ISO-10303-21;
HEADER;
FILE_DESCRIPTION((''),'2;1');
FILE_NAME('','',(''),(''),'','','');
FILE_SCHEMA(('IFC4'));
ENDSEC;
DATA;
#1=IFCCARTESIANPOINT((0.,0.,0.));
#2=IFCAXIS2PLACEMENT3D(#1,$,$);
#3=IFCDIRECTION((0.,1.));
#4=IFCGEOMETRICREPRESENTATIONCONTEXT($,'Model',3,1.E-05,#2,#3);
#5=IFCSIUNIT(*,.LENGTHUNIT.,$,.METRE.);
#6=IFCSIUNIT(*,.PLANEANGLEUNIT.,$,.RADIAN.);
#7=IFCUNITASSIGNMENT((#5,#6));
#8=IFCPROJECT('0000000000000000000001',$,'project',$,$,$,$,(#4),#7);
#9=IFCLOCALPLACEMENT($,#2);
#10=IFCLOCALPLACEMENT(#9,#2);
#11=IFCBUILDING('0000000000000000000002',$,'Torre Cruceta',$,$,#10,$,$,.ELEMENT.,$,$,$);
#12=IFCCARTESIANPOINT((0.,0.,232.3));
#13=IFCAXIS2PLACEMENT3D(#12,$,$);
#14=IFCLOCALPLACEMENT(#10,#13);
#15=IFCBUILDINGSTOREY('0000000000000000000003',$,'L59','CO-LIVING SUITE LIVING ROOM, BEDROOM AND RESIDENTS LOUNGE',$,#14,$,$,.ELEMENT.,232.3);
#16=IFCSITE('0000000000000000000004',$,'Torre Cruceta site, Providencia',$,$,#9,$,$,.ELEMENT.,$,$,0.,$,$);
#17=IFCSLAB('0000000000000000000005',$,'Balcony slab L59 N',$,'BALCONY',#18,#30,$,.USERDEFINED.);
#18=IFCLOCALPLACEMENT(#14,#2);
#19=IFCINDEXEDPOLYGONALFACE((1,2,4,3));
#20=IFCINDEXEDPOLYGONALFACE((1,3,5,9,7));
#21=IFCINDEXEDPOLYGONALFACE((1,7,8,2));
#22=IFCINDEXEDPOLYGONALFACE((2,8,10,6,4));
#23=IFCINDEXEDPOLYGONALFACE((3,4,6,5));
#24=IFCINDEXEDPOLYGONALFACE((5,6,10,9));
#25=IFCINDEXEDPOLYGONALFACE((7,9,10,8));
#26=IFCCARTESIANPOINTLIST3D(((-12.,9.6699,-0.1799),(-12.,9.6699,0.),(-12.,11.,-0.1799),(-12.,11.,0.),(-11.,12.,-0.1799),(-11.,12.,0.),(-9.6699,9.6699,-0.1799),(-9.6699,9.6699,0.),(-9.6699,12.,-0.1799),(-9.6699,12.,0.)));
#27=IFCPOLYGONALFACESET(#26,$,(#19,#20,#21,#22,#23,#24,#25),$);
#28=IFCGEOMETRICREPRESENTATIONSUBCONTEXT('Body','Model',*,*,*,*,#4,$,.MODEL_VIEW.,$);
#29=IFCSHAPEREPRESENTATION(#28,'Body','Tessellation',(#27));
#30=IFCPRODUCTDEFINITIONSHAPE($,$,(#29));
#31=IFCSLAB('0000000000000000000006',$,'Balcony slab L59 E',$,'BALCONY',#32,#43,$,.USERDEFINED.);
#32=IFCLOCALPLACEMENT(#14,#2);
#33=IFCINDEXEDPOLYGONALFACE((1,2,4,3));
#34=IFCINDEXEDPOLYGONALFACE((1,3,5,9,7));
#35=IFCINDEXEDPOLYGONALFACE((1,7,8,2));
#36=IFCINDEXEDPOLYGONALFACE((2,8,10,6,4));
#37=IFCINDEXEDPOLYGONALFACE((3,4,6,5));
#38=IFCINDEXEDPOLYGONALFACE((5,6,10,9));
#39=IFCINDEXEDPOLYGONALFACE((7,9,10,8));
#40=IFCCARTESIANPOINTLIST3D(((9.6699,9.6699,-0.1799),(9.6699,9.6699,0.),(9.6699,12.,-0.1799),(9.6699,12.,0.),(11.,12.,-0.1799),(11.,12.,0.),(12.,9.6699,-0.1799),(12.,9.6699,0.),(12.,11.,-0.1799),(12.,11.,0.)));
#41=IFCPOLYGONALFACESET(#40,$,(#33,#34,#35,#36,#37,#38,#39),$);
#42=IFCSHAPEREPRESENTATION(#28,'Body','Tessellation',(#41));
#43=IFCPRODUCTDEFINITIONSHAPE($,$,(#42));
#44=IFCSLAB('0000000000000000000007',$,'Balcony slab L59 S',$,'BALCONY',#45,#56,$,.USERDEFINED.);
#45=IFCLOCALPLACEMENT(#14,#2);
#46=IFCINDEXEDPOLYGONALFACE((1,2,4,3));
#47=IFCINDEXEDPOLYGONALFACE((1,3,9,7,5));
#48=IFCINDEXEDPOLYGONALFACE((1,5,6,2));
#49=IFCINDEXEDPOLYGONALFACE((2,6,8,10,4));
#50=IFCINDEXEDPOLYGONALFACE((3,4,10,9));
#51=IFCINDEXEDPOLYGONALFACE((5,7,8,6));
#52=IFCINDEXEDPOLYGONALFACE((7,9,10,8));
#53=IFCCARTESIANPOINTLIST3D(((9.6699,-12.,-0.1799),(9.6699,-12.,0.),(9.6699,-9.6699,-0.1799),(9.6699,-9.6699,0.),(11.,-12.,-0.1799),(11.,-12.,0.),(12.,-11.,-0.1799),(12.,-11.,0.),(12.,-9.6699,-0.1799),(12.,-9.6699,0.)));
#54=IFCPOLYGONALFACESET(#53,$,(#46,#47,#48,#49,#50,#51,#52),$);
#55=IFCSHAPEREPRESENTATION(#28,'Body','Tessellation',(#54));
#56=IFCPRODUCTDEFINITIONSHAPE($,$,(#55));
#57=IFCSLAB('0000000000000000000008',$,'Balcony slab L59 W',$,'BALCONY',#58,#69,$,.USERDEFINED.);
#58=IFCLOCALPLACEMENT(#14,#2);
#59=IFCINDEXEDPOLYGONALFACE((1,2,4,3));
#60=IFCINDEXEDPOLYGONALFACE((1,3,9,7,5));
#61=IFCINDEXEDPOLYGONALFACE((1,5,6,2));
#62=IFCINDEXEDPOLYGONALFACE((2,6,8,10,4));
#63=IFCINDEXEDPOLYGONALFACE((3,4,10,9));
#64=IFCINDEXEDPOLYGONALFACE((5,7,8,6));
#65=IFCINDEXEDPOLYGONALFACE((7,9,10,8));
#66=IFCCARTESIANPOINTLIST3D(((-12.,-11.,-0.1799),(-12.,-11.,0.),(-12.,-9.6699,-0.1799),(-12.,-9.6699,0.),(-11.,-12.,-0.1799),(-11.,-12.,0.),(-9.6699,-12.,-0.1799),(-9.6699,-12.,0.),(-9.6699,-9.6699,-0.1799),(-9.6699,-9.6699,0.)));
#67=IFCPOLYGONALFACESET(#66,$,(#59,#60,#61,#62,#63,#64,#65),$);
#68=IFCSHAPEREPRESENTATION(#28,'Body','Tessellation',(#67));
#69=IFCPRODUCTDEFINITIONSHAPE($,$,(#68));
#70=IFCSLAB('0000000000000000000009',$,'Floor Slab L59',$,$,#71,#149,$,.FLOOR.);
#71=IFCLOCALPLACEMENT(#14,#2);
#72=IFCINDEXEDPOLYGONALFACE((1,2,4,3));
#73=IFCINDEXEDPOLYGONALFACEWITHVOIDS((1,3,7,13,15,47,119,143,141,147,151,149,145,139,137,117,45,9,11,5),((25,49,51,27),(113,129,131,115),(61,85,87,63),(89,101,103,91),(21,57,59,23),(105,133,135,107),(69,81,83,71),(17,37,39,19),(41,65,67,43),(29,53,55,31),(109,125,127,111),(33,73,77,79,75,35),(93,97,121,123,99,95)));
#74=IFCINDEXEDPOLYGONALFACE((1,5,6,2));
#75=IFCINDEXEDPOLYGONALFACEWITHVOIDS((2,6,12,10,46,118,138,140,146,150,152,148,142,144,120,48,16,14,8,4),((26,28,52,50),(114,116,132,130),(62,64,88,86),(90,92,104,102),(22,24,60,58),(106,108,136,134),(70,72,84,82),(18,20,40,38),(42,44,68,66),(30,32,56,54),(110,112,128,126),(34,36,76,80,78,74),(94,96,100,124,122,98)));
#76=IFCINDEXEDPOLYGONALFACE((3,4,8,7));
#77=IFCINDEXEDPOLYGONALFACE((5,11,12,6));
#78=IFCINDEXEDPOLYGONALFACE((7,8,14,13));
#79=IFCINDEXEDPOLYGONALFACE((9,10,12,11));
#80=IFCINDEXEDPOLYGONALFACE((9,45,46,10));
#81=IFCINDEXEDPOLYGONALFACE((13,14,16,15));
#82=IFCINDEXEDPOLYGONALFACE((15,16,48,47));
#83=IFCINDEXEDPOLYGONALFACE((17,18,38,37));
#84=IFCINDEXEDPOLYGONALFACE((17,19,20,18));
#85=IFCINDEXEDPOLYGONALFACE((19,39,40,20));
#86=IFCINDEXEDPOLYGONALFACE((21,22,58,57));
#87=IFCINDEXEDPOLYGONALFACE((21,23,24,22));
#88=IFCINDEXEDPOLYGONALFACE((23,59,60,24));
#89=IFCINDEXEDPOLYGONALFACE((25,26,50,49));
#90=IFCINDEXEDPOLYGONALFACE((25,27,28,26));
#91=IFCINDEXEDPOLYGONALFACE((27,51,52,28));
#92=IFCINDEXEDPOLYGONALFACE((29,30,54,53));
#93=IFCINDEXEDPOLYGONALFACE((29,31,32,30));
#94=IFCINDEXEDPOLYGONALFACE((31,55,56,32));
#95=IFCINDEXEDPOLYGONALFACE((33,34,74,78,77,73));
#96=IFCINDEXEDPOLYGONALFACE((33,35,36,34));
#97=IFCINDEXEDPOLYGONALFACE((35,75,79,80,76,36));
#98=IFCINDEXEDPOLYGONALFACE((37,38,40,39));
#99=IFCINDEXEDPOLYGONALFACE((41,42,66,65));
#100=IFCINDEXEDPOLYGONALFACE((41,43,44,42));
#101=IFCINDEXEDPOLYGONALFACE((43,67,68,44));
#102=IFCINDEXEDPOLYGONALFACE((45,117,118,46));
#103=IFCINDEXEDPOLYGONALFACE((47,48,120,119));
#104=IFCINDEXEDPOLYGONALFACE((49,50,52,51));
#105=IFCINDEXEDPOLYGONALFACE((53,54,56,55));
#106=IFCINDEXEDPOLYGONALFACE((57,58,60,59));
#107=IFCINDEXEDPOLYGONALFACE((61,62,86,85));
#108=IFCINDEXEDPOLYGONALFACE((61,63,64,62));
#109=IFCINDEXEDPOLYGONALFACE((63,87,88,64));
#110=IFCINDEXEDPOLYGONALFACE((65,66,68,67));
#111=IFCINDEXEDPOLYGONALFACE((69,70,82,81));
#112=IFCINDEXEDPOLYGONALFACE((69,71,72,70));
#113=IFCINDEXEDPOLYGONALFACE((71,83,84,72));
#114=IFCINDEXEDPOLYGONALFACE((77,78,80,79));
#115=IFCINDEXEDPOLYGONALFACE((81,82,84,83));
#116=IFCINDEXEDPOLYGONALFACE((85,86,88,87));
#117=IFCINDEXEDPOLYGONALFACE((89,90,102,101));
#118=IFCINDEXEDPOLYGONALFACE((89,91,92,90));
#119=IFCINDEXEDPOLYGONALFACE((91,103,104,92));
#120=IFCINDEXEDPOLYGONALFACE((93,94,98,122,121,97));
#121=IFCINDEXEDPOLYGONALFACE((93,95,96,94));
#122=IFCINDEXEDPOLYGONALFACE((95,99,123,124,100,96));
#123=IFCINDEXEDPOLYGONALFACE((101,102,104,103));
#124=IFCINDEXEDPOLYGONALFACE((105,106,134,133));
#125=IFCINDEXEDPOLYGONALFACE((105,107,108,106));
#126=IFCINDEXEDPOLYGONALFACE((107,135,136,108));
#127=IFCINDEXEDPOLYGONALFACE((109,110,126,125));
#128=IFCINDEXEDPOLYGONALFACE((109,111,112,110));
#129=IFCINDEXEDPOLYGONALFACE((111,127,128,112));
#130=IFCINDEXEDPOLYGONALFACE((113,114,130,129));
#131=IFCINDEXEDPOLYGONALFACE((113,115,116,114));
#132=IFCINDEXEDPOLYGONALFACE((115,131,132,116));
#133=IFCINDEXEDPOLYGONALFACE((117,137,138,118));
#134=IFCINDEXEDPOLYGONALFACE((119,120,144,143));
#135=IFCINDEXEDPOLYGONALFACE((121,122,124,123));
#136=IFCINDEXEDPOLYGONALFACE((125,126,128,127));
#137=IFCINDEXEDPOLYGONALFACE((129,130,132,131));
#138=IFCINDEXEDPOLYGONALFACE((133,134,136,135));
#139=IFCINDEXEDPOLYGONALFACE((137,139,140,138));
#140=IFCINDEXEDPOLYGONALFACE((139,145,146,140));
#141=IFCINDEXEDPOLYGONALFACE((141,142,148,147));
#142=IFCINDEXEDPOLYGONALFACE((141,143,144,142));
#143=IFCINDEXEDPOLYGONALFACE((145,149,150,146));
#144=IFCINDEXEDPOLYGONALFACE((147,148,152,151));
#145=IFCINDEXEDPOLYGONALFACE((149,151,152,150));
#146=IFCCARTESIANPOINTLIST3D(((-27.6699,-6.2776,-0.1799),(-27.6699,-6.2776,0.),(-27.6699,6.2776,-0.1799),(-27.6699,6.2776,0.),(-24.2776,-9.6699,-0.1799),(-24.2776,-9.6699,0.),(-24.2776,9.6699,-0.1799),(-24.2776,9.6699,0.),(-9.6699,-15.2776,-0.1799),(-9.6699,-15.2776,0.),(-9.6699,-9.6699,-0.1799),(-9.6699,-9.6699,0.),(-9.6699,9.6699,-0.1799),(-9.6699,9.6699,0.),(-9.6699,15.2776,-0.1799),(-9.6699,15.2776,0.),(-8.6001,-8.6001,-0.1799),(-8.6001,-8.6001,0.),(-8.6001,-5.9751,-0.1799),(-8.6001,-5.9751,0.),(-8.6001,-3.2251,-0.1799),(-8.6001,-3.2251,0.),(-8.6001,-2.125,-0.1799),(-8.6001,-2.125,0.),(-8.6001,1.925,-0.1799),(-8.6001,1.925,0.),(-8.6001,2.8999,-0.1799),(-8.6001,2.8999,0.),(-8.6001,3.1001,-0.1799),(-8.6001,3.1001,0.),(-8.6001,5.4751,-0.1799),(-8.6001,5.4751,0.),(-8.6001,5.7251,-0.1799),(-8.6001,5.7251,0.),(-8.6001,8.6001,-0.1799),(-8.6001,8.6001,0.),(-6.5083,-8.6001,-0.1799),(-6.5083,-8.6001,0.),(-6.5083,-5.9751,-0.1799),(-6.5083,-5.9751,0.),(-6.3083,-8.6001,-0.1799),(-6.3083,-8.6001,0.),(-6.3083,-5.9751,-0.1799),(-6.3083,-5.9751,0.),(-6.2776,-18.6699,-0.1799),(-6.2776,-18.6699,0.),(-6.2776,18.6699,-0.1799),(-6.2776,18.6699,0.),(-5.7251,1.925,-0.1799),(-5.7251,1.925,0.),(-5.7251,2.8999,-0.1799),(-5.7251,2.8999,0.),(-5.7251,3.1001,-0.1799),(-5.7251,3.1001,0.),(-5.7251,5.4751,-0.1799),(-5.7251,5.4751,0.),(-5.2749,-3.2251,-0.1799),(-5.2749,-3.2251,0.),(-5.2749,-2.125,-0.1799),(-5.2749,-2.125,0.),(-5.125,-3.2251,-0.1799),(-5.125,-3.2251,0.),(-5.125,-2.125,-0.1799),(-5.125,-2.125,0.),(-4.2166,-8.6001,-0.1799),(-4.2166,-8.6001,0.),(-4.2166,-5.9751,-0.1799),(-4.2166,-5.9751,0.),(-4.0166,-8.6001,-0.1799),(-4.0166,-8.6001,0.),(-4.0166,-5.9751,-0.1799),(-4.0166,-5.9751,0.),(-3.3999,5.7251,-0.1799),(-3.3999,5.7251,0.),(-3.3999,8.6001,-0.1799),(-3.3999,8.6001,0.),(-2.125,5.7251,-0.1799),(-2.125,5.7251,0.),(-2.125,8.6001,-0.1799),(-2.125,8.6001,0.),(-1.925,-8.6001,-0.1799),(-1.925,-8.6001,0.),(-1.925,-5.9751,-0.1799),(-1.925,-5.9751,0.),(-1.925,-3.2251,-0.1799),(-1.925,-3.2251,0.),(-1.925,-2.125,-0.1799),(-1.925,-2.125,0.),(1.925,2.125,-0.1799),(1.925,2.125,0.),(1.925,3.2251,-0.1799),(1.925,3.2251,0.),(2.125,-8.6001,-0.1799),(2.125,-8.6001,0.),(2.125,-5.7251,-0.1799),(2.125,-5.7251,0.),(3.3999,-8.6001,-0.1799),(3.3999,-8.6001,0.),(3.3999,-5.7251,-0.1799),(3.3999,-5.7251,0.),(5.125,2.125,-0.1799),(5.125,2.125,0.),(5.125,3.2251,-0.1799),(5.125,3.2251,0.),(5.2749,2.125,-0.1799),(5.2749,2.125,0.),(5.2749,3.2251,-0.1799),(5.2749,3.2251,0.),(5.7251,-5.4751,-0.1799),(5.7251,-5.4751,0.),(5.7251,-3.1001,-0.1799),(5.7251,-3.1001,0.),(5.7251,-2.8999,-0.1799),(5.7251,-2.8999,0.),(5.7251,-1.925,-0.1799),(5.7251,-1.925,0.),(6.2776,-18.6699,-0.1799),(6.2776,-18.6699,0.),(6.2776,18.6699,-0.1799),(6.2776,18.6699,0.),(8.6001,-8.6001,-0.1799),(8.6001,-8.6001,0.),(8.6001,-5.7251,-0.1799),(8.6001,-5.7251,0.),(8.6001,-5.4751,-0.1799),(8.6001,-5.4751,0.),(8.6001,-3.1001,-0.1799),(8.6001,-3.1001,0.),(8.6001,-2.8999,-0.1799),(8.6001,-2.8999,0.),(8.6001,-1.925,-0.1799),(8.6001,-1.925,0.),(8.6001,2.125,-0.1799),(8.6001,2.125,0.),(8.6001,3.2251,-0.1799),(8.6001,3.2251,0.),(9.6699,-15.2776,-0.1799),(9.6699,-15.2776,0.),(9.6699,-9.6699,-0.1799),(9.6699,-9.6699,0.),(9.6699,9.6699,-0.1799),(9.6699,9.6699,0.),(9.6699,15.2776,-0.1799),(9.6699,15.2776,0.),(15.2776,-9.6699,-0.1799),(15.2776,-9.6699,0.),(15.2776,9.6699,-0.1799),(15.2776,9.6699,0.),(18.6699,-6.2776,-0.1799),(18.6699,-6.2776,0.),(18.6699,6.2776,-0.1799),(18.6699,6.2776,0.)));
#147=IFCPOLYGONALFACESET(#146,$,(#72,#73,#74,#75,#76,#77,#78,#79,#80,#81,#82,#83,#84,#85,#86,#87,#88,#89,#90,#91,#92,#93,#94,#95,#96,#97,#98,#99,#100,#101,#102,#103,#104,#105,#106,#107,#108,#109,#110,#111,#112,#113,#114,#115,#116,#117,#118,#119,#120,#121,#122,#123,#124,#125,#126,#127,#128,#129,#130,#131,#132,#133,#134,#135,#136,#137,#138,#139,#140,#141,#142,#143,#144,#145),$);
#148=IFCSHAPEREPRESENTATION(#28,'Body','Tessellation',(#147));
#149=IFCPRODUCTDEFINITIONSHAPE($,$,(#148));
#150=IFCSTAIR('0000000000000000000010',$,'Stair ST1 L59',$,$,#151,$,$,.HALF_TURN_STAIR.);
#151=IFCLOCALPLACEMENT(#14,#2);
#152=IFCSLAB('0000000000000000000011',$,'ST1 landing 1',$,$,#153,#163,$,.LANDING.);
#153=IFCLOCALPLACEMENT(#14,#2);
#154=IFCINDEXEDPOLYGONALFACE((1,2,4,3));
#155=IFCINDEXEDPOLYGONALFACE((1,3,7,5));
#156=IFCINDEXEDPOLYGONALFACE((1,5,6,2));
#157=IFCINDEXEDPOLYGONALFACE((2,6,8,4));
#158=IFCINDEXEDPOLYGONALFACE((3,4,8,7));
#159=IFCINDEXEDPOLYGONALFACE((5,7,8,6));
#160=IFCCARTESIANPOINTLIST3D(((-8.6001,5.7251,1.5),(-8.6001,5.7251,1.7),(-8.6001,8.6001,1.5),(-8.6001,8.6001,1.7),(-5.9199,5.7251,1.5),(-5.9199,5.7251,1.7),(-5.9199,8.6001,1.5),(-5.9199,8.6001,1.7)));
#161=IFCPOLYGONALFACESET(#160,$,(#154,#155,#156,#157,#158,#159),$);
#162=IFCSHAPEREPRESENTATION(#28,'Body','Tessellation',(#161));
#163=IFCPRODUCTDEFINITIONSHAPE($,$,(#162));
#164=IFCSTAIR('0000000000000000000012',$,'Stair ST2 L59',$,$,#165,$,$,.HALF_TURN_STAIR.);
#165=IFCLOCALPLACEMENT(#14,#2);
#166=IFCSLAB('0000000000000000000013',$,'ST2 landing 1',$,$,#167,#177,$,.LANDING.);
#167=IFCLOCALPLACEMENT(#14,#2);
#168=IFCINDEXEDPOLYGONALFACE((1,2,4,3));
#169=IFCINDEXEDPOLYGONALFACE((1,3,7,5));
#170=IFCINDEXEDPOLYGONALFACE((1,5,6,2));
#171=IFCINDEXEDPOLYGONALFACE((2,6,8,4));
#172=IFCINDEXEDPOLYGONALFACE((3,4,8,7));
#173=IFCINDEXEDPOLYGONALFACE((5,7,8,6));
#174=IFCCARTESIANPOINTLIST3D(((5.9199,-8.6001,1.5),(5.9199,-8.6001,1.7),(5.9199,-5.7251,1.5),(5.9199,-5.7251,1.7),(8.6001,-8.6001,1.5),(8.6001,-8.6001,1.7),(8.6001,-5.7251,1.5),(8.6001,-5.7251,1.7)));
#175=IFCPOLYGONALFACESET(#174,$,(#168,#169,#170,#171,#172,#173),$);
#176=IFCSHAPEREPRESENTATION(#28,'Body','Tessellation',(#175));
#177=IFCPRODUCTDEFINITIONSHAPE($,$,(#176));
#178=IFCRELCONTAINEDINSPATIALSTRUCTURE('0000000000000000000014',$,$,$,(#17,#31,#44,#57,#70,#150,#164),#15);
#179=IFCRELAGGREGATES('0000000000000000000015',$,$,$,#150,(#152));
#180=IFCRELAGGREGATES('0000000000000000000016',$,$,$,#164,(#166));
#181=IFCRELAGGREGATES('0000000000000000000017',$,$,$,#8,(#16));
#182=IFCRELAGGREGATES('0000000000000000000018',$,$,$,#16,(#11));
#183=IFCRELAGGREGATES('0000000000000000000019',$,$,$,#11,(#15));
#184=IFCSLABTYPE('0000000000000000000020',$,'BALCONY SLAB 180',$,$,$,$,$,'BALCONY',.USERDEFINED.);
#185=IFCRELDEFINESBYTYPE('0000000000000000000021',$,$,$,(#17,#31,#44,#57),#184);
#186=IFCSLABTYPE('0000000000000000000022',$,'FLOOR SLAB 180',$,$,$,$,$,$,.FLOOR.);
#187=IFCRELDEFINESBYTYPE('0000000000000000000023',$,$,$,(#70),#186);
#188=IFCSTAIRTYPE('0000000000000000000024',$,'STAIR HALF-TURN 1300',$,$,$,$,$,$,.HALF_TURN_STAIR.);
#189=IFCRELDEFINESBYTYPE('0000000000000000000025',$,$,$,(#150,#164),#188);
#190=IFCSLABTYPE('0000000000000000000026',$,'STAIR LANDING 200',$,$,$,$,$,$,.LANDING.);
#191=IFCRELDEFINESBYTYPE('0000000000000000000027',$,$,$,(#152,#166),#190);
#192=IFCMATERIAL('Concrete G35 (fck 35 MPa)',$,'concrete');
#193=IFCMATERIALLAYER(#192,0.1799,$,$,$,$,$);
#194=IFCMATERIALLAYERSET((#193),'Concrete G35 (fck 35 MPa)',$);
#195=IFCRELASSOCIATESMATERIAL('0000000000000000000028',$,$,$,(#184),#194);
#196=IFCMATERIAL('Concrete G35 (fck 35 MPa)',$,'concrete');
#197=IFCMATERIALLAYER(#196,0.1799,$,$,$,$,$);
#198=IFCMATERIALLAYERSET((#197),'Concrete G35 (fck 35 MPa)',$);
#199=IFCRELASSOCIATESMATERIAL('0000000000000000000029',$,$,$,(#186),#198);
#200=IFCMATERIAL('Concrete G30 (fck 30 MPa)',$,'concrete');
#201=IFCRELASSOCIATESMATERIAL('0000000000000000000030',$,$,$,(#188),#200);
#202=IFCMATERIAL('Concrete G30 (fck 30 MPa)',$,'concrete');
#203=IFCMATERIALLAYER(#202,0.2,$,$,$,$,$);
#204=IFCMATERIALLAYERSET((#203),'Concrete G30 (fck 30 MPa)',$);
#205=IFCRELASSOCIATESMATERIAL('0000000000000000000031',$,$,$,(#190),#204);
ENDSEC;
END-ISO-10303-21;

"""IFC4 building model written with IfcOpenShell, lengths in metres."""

from ifc_helpers import new_model, si_unit, direction, frame, origin, place, context, subcontext, project, spatial, polyline, outline, extrude, material, layer, layer_set, type_object, element, aggregate, save


model = new_model("IFC4")

# Units and contexts
model_context = context("Model", 3, precision=1e-05, world=origin(), true_north=direction((0.0, 1.0)))
body_context = subcontext(model_context, "Body", "Model", "MODEL_VIEW")
ifc_project = project(units=[si_unit("LENGTHUNIT", "METRE"), si_unit("PLANEANGLEUNIT", "RADIAN")], contexts=[model_context])

# Site, building, storey
site_placement = place(None, origin())
site = spatial("IfcSite", under=ifc_project, at=site_placement, Name="Torre Cruceta site, Providencia", CompositionType="ELEMENT", RefElevation=0.0)
building_placement = place(site_placement, origin())
building = spatial("IfcBuilding", under=site, at=building_placement, Name="Torre Cruceta", CompositionType="ELEMENT")
storey_placement = place(building_placement, frame((0.0, 0.0, 232.3)))
storey = spatial("IfcBuildingStorey", under=building, at=storey_placement, Name="L59", Description="CO-LIVING SUITE LIVING ROOM, BEDROOM AND RESIDENTS LOUNGE", CompositionType="ELEMENT", Elevation=232.3)

# Slabs
ifc_material_1 = material(Name="Concrete G35 (fck 35 MPa)", Category="concrete")
ifc_layer_1 = layer(ifc_material_1, 0.1799)
ifc_layer_set_1 = layer_set([ifc_layer_1], Name="Concrete G35 (fck 35 MPa)")
slab_type_1 = type_object("IfcSlabType", Name="BALCONY SLAB 180", ElementType="BALCONY", PredefinedType="USERDEFINED", material=ifc_layer_set_1)
slab_1_placement = place(storey_placement, frame((0.0, 0.0, -0.1799)))
element("IfcSlab", 1, at=slab_1_placement, inside=storey, type_object=slab_type_1, Name="Balcony slab L59 N", ObjectType="BALCONY", PredefinedType="USERDEFINED", context=body_context, shape_type="SweptSolid", body=[
    extrude(outline(polyline([(-12.0, 11.0), (-11.0, 12.0), (-9.6699, 12.0), (-9.6699, 9.6699), (-12.0, 9.6699), (-12.0, 11.0)])), origin(), (0.0, 0.0, 1.0), 0.1799),
])
slab_2_placement = place(storey_placement, frame((0.0, 0.0, -0.1799)))
element("IfcSlab", 2, at=slab_2_placement, inside=storey, type_object=slab_type_1, Name="Balcony slab L59 E", ObjectType="BALCONY", PredefinedType="USERDEFINED", context=body_context, shape_type="SweptSolid", body=[
    extrude(outline(polyline([(11.0, 12.0), (12.0, 11.0), (12.0, 9.6699), (9.6699, 9.6699), (9.6699, 12.0), (11.0, 12.0)])), origin(), (0.0, 0.0, 1.0), 0.1799),
])
slab_3_placement = place(storey_placement, frame((0.0, 0.0, -0.1799)))
element("IfcSlab", 3, at=slab_3_placement, inside=storey, type_object=slab_type_1, Name="Balcony slab L59 S", ObjectType="BALCONY", PredefinedType="USERDEFINED", context=body_context, shape_type="SweptSolid", body=[
    extrude(outline(polyline([(12.0, -11.0), (11.0, -12.0), (9.6699, -12.0), (9.6699, -9.6699), (12.0, -9.6699), (12.0, -11.0)])), origin(), (0.0, 0.0, 1.0), 0.1799),
])
slab_4_placement = place(storey_placement, frame((0.0, 0.0, -0.1799)))
element("IfcSlab", 4, at=slab_4_placement, inside=storey, type_object=slab_type_1, Name="Balcony slab L59 W", ObjectType="BALCONY", PredefinedType="USERDEFINED", context=body_context, shape_type="SweptSolid", body=[
    extrude(outline(polyline([(-11.0, -12.0), (-12.0, -11.0), (-12.0, -9.6699), (-9.6699, -9.6699), (-9.6699, -12.0), (-11.0, -12.0)])), origin(), (0.0, 0.0, 1.0), 0.1799),
])
ifc_material_2 = material(Name="Concrete G35 (fck 35 MPa)", Category="concrete")
ifc_layer_2 = layer(ifc_material_2, 0.1799)
ifc_layer_set_2 = layer_set([ifc_layer_2], Name="Concrete G35 (fck 35 MPa)")
slab_type_2 = type_object("IfcSlabType", Name="FLOOR SLAB 180", PredefinedType="FLOOR", material=ifc_layer_set_2)
slab_5_placement = place(storey_placement, frame((0.0, 0.0, -0.1799)))
element("IfcSlab", 5, at=slab_5_placement, inside=storey, type_object=slab_type_2, Name="Floor Slab L59", PredefinedType="FLOOR", context=body_context, shape_type="SweptSolid", body=[
    extrude(outline(polyline([(9.6699, -9.6699), (9.6699, -15.2776), (6.2776, -18.6699), (-6.2776, -18.6699), (-9.6699, -15.2776), (-9.6699, -9.6699), (-24.2776, -9.6699), (-27.6699, -6.2776), (-27.6699, 6.2776), (-24.2776, 9.6699), (-9.6699, 9.6699), (-9.6699, 15.2776), (-6.2776, 18.6699), (6.2776, 18.6699), (9.6699, 15.2776), (9.6699, 9.6699), (15.2776, 9.6699), (18.6699, 6.2776), (18.6699, -6.2776), (15.2776, -9.6699), (9.6699, -9.6699)]), holes=[polyline([(1.925, 2.125), (5.125, 2.125), (5.125, 3.2251), (1.925, 3.2251), (1.925, 2.125)]), polyline([(5.2749, 2.125), (8.6001, 2.125), (8.6001, 3.2251), (5.2749, 3.2251), (5.2749, 2.125)]), polyline([(-8.6001, 3.1001), (-5.7251, 3.1001), (-5.7251, 5.4751), (-8.6001, 5.4751), (-8.6001, 3.1001)]), polyline([(-8.6001, 1.925), (-5.7251, 1.925), (-5.7251, 2.8999), (-8.6001, 2.8999), (-8.6001, 1.925)]), polyline([(-4.0166, -8.6001), (-1.925, -8.6001), (-1.925, -5.9751), (-4.0166, -5.9751), (-4.0166, -8.6001)]), polyline([(-6.3083, -8.6001), (-4.2166, -8.6001), (-4.2166, -5.9751), (-6.3083, -5.9751), (-6.3083, -8.6001)]), polyline([(-8.6001, -8.6001), (-6.5083, -8.6001), (-6.5083, -5.9751), (-8.6001, -5.9751), (-8.6001, -8.6001)]), polyline([(-5.125, -3.2251), (-1.925, -3.2251), (-1.925, -2.125), (-5.125, -2.125), (-5.125, -3.2251)]), polyline([(-8.6001, -3.2251), (-5.2749, -3.2251), (-5.2749, -2.125), (-8.6001, -2.125), (-8.6001, -3.2251)]), polyline([(5.7251, -5.4751), (8.6001, -5.4751), (8.6001, -3.1001), (5.7251, -3.1001), (5.7251, -5.4751)]), polyline([(5.7251, -2.8999), (8.6001, -2.8999), (8.6001, -1.925), (5.7251, -1.925), (5.7251, -2.8999)]), polyline([(-8.6001, 5.7251), (-8.6001, 8.6001), (-3.3999, 8.6001), (-2.125, 8.6001), (-2.125, 5.7251), (-3.3999, 5.7251), (-8.6001, 5.7251)]), polyline([(2.125, -5.7251), (3.3999, -5.7251), (8.6001, -5.7251), (8.6001, -8.6001), (3.3999, -8.6001), (2.125, -8.6001), (2.125, -5.7251)])]), origin(), (0.0, 0.0, 1.0), 0.1799),
])

# Stairs, slabs
ifc_material_3 = material(Name="Concrete G30 (fck 30 MPa)", Category="concrete")
stair_type = type_object("IfcStairType", Name="STAIR HALF-TURN 1300", PredefinedType="HALF_TURN_STAIR", material=ifc_material_3)
stair_1_placement = place(storey_placement, origin())
stair_1 = element("IfcStair", 6, at=stair_1_placement, inside=storey, type_object=stair_type, Name="Stair ST1 L59", PredefinedType="HALF_TURN_STAIR")
ifc_material_4 = material(Name="Concrete G30 (fck 30 MPa)", Category="concrete")
ifc_layer_3 = layer(ifc_material_4, 0.2)
ifc_layer_set_3 = layer_set([ifc_layer_3], Name="Concrete G30 (fck 30 MPa)")
slab_type_3 = type_object("IfcSlabType", Name="STAIR LANDING 200", PredefinedType="LANDING", material=ifc_layer_set_3)
slab_6_placement = place(storey_placement, frame((0.0, 0.0, 1.5)))
slab_6 = element("IfcSlab", 7, at=slab_6_placement, type_object=slab_type_3, Name="ST1 landing 1", PredefinedType="LANDING", context=body_context, shape_type="SweptSolid", body=[
    extrude(outline(polyline([(-8.6001, 5.7251), (-5.9199, 5.7251), (-5.9199, 8.6001), (-8.6001, 8.6001), (-8.6001, 5.7251)])), origin(), (0.0, 0.0, 1.0), 0.2),
])
aggregate(stair_1, [slab_6])
stair_2_placement = place(storey_placement, origin())
stair_2 = element("IfcStair", 8, at=stair_2_placement, inside=storey, type_object=stair_type, Name="Stair ST2 L59", PredefinedType="HALF_TURN_STAIR")
slab_7_placement = place(storey_placement, frame((0.0, 0.0, 1.5)))
slab_7 = element("IfcSlab", 9, at=slab_7_placement, type_object=slab_type_3, Name="ST2 landing 1", PredefinedType="LANDING", context=body_context, shape_type="SweptSolid", body=[
    extrude(outline(polyline([(5.9199, -8.6001), (8.6001, -8.6001), (8.6001, -5.7251), (5.9199, -5.7251), (5.9199, -8.6001)])), origin(), (0.0, 0.0, 1.0), 0.2),
])

aggregate(stair_2, [slab_7])

save(model, "model.ifc")
